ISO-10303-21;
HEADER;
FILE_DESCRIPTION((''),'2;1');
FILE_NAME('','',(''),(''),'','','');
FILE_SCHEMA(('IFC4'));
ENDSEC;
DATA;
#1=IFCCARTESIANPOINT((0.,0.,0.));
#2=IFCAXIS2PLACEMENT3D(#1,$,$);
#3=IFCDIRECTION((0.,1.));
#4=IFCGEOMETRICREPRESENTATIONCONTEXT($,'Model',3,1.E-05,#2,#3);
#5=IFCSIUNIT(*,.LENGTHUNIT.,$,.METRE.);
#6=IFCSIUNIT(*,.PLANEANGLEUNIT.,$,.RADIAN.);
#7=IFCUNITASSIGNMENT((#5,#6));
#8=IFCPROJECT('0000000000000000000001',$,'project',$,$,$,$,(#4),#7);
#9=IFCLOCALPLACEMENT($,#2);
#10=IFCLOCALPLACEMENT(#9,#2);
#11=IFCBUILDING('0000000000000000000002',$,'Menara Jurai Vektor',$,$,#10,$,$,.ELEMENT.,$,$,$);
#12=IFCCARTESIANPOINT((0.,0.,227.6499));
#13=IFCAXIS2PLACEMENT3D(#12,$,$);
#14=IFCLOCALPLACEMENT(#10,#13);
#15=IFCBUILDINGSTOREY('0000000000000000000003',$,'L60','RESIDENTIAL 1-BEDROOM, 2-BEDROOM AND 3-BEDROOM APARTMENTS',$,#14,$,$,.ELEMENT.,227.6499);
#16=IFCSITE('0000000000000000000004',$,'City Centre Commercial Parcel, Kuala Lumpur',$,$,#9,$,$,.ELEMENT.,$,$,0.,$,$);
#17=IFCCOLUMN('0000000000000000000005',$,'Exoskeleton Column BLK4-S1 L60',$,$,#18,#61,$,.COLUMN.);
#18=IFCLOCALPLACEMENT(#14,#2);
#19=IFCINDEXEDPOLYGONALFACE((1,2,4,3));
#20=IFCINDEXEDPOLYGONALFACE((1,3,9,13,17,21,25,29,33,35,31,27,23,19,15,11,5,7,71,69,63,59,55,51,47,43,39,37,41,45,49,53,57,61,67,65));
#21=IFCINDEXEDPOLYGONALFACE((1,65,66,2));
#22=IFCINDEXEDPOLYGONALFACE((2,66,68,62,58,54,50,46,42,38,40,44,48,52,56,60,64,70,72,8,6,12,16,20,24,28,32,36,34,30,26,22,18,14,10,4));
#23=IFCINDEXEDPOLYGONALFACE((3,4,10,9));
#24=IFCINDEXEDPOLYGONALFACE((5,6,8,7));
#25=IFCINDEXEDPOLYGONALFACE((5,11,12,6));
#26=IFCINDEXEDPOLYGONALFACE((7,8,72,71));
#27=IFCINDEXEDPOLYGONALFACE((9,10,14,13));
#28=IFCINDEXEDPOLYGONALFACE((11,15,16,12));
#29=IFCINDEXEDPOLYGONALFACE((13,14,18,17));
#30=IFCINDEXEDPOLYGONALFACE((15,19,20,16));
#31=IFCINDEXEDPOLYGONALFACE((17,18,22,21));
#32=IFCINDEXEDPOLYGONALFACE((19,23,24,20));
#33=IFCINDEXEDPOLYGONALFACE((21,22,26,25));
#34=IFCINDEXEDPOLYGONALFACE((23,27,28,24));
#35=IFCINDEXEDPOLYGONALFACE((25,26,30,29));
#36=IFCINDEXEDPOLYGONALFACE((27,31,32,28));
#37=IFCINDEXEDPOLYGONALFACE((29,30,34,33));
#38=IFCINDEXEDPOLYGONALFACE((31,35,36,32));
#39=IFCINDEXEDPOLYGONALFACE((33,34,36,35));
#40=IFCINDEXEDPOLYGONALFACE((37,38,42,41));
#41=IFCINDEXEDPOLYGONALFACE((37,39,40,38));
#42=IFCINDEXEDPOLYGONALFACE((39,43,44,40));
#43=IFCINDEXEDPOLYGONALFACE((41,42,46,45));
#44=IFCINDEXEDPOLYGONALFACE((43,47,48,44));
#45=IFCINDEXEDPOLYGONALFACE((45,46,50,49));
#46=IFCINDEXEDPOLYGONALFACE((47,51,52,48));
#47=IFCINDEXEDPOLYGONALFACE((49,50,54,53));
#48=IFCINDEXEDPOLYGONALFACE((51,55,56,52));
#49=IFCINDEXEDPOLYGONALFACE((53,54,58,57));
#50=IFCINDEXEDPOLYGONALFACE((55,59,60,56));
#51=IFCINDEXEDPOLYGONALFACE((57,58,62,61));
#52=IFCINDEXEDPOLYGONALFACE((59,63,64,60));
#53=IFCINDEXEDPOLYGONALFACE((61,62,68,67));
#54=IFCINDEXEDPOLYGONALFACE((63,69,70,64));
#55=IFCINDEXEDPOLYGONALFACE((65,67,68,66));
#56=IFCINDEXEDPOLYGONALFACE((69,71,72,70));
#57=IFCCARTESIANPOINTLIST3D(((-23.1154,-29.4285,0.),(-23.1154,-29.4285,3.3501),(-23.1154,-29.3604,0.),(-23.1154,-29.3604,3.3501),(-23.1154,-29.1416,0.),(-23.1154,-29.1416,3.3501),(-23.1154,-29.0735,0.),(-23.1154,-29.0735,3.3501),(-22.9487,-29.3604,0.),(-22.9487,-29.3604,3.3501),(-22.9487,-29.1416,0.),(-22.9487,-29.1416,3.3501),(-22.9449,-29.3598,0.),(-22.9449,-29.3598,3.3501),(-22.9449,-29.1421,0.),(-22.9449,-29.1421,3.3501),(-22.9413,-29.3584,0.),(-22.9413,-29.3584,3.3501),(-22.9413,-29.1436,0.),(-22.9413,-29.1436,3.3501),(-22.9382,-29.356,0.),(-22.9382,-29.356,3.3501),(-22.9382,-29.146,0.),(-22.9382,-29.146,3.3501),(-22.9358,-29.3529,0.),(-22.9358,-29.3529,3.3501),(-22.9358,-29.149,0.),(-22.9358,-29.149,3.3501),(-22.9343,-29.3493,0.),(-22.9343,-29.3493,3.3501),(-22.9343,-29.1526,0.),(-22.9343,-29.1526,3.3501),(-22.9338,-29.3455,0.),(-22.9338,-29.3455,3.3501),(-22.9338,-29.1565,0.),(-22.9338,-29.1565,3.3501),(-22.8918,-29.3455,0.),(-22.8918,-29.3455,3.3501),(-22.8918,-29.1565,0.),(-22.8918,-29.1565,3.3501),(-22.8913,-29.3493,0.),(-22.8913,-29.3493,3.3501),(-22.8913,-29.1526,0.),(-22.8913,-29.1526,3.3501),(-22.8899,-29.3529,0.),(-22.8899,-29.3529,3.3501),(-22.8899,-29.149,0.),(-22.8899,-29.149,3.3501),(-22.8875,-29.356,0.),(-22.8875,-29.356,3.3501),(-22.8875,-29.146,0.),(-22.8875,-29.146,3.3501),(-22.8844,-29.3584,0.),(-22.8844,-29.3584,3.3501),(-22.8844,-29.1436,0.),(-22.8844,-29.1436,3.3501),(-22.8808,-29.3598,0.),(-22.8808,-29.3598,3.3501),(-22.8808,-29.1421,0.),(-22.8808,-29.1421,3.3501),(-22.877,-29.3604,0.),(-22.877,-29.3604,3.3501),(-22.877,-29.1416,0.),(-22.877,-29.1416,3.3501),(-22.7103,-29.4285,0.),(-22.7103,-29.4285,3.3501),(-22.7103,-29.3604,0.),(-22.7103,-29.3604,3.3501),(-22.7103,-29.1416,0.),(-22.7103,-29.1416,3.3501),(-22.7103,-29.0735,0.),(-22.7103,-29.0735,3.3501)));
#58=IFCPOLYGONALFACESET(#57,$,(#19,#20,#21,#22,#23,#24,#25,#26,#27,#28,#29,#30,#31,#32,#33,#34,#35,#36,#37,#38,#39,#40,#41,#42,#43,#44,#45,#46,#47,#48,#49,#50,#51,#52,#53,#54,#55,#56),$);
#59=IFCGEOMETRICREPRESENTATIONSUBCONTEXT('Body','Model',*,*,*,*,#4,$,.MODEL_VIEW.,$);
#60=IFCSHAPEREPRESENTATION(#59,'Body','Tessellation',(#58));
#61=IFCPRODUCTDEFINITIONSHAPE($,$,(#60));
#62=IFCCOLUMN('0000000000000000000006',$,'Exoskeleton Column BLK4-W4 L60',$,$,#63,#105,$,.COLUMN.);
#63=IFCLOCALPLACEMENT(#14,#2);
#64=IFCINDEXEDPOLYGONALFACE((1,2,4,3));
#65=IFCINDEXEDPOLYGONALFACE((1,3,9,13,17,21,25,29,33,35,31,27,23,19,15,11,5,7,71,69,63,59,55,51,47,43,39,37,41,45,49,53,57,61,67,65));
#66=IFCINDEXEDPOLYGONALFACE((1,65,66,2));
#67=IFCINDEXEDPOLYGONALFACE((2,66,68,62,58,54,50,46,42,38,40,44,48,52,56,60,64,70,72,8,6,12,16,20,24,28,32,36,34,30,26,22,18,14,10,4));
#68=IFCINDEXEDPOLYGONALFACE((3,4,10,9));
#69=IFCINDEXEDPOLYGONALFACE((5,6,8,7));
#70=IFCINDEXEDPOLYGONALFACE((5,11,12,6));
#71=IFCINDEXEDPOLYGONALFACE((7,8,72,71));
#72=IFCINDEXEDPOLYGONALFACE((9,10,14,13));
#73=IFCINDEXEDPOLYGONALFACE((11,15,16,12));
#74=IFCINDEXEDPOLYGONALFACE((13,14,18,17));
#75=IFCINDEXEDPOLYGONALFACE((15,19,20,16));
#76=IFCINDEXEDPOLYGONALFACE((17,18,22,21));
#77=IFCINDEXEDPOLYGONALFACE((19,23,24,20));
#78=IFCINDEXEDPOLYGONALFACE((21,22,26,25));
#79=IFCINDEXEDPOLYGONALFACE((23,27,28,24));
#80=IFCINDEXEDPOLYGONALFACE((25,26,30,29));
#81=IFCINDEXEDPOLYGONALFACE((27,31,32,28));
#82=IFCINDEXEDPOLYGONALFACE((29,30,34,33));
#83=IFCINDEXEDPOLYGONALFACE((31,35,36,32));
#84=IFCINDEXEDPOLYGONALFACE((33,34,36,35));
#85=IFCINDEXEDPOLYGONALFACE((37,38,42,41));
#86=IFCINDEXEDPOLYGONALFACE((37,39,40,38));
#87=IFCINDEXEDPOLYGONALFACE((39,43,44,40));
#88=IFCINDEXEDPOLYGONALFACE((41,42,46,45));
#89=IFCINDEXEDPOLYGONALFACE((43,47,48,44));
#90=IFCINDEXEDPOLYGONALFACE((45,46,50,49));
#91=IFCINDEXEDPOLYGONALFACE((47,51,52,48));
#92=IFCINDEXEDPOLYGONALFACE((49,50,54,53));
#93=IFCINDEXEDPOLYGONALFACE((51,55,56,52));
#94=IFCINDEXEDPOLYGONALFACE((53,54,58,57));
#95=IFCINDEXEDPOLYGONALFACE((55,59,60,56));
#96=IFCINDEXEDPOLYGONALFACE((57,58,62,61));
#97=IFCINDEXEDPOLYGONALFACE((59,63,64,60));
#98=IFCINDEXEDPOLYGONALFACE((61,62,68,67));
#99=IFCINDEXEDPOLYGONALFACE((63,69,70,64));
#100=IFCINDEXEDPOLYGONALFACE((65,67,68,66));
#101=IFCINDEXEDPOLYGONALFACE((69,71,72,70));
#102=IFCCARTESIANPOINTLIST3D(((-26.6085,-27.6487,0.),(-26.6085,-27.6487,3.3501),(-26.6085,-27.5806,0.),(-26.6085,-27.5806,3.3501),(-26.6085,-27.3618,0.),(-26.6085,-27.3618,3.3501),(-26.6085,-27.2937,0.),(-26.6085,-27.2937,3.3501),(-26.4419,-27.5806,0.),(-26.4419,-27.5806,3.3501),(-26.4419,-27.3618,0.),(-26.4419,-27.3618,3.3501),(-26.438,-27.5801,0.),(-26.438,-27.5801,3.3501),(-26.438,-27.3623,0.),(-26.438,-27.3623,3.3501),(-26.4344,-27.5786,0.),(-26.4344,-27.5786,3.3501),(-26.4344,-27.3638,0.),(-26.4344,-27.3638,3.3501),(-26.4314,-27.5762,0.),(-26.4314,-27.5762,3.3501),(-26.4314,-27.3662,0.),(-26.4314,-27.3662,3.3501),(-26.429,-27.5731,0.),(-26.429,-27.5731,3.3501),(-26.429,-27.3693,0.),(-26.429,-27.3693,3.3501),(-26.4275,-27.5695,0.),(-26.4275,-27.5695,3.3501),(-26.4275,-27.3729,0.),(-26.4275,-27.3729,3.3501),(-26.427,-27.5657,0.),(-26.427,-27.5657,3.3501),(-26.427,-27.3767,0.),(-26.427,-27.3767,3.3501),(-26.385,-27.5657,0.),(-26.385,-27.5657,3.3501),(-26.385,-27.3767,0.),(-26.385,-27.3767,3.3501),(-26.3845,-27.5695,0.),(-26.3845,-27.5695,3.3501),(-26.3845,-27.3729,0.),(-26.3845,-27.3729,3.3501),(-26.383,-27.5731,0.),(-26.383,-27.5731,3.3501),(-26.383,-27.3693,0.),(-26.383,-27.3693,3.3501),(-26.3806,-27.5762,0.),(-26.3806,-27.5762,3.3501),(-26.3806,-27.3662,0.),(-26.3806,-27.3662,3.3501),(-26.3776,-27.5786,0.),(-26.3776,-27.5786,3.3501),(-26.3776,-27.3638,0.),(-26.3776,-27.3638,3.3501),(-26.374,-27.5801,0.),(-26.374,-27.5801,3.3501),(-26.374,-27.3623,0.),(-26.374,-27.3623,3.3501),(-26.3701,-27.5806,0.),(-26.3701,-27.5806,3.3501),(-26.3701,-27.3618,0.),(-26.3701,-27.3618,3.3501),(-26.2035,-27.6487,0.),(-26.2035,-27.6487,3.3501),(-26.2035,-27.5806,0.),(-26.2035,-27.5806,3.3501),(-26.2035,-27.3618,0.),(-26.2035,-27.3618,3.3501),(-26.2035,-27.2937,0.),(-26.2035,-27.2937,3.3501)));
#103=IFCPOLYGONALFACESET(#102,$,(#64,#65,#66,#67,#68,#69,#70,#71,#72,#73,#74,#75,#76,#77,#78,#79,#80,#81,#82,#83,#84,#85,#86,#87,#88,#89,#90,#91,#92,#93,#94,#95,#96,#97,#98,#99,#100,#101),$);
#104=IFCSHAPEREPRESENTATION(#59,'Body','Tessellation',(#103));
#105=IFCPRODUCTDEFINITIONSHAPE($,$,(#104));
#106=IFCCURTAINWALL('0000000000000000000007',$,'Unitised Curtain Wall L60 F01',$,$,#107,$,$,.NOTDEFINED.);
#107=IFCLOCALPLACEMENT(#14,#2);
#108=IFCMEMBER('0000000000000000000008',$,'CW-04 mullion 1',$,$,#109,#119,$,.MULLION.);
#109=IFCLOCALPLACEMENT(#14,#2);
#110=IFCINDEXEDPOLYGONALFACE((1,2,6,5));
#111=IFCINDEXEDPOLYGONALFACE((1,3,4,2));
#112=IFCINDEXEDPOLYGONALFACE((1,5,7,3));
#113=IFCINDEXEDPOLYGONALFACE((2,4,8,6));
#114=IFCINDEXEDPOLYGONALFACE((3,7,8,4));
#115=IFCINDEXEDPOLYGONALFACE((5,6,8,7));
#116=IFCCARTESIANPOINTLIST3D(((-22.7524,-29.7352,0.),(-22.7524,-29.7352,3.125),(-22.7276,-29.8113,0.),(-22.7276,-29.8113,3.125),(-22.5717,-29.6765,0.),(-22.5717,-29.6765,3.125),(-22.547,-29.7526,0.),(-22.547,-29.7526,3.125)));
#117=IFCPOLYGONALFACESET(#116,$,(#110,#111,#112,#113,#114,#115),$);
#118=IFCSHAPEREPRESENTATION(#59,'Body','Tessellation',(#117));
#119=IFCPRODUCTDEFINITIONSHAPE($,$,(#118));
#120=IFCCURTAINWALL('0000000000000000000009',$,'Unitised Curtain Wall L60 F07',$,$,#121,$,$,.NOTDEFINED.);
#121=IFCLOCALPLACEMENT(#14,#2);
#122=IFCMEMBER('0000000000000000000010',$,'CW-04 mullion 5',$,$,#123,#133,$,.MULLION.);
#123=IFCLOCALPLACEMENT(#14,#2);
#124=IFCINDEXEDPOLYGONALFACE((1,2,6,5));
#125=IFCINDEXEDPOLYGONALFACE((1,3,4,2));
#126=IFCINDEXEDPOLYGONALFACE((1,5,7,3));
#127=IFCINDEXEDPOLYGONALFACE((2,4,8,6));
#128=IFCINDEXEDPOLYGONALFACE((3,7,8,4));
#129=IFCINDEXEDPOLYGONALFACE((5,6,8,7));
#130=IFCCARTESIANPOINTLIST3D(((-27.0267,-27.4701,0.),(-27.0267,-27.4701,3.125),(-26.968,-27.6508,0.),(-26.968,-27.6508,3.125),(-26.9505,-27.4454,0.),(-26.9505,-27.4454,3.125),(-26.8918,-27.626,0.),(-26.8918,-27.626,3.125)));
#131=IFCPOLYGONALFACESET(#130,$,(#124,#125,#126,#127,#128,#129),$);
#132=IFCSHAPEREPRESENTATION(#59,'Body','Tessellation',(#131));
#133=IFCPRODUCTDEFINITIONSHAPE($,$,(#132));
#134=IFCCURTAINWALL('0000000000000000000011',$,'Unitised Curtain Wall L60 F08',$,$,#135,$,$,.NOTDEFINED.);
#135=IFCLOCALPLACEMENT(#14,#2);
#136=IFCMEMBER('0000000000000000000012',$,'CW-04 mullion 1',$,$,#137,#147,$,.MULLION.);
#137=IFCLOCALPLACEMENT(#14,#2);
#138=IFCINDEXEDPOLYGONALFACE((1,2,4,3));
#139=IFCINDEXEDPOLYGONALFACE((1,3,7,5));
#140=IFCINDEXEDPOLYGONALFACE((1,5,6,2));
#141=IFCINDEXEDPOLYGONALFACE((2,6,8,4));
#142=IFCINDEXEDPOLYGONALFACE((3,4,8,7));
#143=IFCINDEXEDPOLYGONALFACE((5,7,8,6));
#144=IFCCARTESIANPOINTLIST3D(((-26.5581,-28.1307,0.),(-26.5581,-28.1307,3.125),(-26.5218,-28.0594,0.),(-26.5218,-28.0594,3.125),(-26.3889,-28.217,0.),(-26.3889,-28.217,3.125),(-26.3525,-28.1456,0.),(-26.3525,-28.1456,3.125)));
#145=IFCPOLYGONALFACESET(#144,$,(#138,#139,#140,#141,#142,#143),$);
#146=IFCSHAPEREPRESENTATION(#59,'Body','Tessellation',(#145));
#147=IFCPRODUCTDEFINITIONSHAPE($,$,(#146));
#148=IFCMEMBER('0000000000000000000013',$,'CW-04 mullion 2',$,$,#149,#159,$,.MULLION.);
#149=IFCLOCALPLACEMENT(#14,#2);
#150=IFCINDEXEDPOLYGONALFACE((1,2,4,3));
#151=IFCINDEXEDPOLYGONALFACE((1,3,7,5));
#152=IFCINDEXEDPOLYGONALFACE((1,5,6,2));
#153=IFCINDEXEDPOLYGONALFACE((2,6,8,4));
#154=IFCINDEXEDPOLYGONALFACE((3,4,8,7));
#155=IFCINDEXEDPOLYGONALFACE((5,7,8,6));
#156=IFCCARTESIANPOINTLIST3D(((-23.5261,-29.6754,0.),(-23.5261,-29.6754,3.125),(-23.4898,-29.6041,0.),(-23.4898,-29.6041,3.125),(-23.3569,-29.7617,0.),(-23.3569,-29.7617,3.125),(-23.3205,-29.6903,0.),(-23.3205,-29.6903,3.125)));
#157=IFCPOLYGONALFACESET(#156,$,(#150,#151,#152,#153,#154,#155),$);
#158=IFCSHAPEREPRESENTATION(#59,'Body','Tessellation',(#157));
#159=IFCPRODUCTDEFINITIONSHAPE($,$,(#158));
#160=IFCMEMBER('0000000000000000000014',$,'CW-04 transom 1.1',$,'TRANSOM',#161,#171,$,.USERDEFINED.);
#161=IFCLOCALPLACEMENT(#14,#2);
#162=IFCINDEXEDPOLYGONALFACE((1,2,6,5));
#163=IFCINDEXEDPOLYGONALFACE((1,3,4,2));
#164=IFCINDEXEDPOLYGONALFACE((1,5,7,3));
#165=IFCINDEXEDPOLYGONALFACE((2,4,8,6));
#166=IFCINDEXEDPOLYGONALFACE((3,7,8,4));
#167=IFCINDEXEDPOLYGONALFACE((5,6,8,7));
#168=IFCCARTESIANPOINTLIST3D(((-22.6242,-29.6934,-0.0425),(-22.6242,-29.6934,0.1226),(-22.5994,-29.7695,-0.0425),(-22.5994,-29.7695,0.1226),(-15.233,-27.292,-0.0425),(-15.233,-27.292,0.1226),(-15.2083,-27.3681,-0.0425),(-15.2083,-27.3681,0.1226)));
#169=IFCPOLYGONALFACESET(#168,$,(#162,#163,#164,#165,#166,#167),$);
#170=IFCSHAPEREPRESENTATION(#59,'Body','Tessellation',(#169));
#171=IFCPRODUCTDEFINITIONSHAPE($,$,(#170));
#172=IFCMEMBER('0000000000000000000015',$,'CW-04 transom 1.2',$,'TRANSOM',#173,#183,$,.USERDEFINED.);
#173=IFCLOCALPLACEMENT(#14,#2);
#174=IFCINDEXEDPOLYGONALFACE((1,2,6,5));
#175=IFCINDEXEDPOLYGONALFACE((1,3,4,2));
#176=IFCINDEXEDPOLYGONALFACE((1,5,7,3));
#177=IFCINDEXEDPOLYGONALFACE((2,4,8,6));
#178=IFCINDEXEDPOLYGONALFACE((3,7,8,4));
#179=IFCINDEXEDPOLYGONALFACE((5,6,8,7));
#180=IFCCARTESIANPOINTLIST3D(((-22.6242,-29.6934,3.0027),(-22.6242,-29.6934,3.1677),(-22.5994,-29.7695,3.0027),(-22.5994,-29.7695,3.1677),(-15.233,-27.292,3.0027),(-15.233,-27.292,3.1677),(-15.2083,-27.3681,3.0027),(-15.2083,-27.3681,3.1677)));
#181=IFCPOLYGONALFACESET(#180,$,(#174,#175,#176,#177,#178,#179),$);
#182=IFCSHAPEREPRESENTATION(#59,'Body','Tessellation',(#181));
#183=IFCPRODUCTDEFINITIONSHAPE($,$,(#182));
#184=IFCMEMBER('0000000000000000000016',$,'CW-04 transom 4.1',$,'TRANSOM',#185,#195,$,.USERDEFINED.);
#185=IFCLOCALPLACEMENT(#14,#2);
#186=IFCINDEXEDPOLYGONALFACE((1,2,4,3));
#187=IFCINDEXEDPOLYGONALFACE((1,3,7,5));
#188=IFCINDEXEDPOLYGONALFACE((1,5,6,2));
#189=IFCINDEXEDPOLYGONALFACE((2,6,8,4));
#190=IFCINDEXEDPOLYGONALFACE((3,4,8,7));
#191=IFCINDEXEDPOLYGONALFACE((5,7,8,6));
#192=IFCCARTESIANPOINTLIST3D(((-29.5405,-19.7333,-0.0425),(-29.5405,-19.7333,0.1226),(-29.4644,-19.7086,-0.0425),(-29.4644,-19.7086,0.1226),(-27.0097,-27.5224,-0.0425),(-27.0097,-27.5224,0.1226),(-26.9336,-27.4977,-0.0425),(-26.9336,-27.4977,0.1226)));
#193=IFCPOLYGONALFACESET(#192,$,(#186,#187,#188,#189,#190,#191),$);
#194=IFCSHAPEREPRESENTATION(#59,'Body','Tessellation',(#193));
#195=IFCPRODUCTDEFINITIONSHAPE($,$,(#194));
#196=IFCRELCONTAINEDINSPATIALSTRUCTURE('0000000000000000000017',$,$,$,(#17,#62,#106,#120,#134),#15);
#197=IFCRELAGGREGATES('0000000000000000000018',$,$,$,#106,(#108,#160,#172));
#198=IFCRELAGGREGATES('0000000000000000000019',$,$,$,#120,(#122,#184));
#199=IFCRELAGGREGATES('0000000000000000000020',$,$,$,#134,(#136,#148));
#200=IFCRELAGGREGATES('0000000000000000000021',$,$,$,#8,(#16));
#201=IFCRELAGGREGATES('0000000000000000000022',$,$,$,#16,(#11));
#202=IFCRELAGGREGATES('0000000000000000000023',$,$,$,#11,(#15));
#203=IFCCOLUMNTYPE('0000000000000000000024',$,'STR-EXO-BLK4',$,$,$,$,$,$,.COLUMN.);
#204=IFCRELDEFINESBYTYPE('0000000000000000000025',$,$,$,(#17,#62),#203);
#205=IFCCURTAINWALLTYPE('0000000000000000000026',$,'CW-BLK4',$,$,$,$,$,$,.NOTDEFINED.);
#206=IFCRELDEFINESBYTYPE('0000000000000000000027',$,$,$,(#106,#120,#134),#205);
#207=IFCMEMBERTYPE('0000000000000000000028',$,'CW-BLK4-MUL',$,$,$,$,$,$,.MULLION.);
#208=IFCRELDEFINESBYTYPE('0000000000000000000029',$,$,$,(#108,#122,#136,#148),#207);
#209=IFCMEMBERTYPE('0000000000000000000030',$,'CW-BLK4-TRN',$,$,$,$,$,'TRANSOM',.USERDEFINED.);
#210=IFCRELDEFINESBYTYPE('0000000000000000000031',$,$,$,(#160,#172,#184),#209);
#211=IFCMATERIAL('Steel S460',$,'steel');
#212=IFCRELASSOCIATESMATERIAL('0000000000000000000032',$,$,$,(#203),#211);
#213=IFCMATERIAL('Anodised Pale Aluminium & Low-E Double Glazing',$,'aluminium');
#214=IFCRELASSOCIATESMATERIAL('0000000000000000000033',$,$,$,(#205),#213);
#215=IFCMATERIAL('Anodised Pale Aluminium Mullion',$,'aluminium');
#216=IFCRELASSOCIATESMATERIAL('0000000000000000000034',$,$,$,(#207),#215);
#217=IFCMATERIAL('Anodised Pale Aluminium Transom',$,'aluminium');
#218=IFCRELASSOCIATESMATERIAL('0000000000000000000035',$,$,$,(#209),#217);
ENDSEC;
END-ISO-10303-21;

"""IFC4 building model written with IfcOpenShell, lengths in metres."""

from ifc_helpers import new_model, si_unit, direction, frame, origin, origin_2d, place, context, subcontext, project, spatial, rectangle, i_section, extrude, material, material_profile, profile_set, type_object, element, aggregate, save


model = new_model("IFC4")

# Units and contexts
model_context = context("Model", 3, precision=1e-05, world=origin(), true_north=direction((0.0, 1.0)))
body_context = subcontext(model_context, "Body", "Model", "MODEL_VIEW")
ifc_project = project(units=[si_unit("LENGTHUNIT", "METRE"), si_unit("PLANEANGLEUNIT", "RADIAN")], contexts=[model_context])

# Site, building, storey
site_placement = place(None, origin())
site = spatial("IfcSite", under=ifc_project, at=site_placement, Name="City Centre Commercial Parcel, Kuala Lumpur", CompositionType="ELEMENT", RefElevation=0.0)
building_placement = place(site_placement, origin())
building = spatial("IfcBuilding", under=site, at=building_placement, Name="Menara Jurai Vektor", CompositionType="ELEMENT")
storey_placement = place(building_placement, frame((0.0, 0.0, 227.6499)))
storey = spatial("IfcBuildingStorey", under=building, at=storey_placement, Name="L60", Description="RESIDENTIAL 1-BEDROOM, 2-BEDROOM AND 3-BEDROOM APARTMENTS", CompositionType="ELEMENT", Elevation=227.6499)

# Columns
ifc_material_1 = material(Name="Steel S460", Category="steel")
ifc_material_profile_1 = material_profile(ifc_material_1, i_section(OverallWidth=0.405, OverallDepth=0.355, WebThickness=0.042, FlangeThickness=0.0681, FilletRadius=0.0149, at=origin_2d()), Name="HD 400x551")
ifc_profile_set_1 = profile_set([ifc_material_profile_1], Name="Steel S460")
column_type = type_object("IfcColumnType", Name="STR-EXO-BLK4", PredefinedType="COLUMN", material=ifc_profile_set_1)
for number, where, z_axis, x_axis, name in (
    (1, (-22.9128, -29.251, 0.0), (0.0, 0.0, 1.0), (1.0, 0.0, 0.0), "Exoskeleton Column BLK4-S1 L60"),
    (2, (-26.406, -27.4712, 0.0), (0.0, 0.0, 1.0), (1.0, 0.0, 0.0), "Exoskeleton Column BLK4-W4 L60"),
):
    element("IfcColumn", number, at=place(storey_placement, frame(where, z_axis=z_axis, x_axis=x_axis)), inside=storey, type_object=column_type, Name=name, PredefinedType="COLUMN", context=body_context, shape_type="SweptSolid", body=[
        extrude(i_section(OverallWidth=0.405, OverallDepth=0.355, WebThickness=0.042, FlangeThickness=0.0681, FilletRadius=0.0149, at=origin_2d()), origin(), (0.0, 0.0, 1.0), 3.3501),
    ])

# Curtain walls, members
ifc_material_2 = material(Name="Anodised Pale Aluminium & Low-E Double Glazing", Category="aluminium")
curtain_wall_type = type_object("IfcCurtainWallType", Name="CW-BLK4", PredefinedType="NOTDEFINED", material=ifc_material_2)
curtain_wall_1_placement = place(storey_placement, origin())
curtain_wall_1 = element("IfcCurtainWall", 3, at=curtain_wall_1_placement, inside=storey, type_object=curtain_wall_type, Name="Unitised Curtain Wall L60 F01", PredefinedType="NOTDEFINED")
ifc_material_3 = material(Name="Anodised Pale Aluminium Mullion", Category="aluminium")
ifc_material_profile_2 = material_profile(ifc_material_3, rectangle(XDim=0.0801, YDim=0.1899, at=origin_2d()), Name="ALU MUL 80x190")
ifc_profile_set_2 = profile_set([ifc_material_profile_2], Name="Anodised Pale Aluminium Mullion")
member_type_1 = type_object("IfcMemberType", Name="CW-BLK4-MUL", PredefinedType="MULLION", material=ifc_profile_set_2)
member_1_placement = place(storey_placement, frame((-22.6497, -29.7439, 0.0), z_axis=(0.0, 0.0, 1.0), x_axis=(-0.309017, 0.951056, 0.0)))
member_1 = element("IfcMember", 4, at=member_1_placement, type_object=member_type_1, Name="CW-04 mullion 1", PredefinedType="MULLION", context=body_context, shape_type="SweptSolid", body=[
    extrude(rectangle(XDim=0.0801, YDim=0.1899, at=origin_2d()), origin(), (0.0, 0.0, 1.0), 3.125),
])
curtain_wall_2_placement = place(storey_placement, origin())
curtain_wall_2 = element("IfcCurtainWall", 5, at=curtain_wall_2_placement, inside=storey, type_object=curtain_wall_type, Name="Unitised Curtain Wall L60 F07", PredefinedType="NOTDEFINED")
member_2_placement = place(storey_placement, frame((-26.9592, -27.5481, 0.0), z_axis=(0.0, 0.0, 1.0), x_axis=(0.951057, 0.309016, 0.0)))
member_2 = element("IfcMember", 6, at=member_2_placement, type_object=member_type_1, Name="CW-04 mullion 5", PredefinedType="MULLION", context=body_context, shape_type="SweptSolid", body=[
    extrude(rectangle(XDim=0.0801, YDim=0.1899, at=origin_2d()), origin(), (0.0, 0.0, 1.0), 3.125),
])

# Curtain wall, members
curtain_wall_3_placement = place(storey_placement, origin())
curtain_wall_3 = element("IfcCurtainWall", 7, at=curtain_wall_3_placement, inside=storey, type_object=curtain_wall_type, Name="Unitised Curtain Wall L60 F08", PredefinedType="NOTDEFINED")
member_3_placement = place(storey_placement, frame((-26.4553, -28.1382, 0.0), z_axis=(0.0, 0.0, 1.0), x_axis=(0.453989, 0.891008, 0.0)))
member_3 = element("IfcMember", 8, at=member_3_placement, type_object=member_type_1, Name="CW-04 mullion 1", PredefinedType="MULLION", context=body_context, shape_type="SweptSolid", body=[
    extrude(rectangle(XDim=0.0801, YDim=0.1899, at=origin_2d()), origin(), (0.0, 0.0, 1.0), 3.125),
])
member_4_placement = place(storey_placement, frame((-23.4233, -29.6829, 0.0), z_axis=(0.0, 0.0, 1.0), x_axis=(0.453989, 0.891008, 0.0)))
member_4 = element("IfcMember", 9, at=member_4_placement, type_object=member_type_1, Name="CW-04 mullion 2", PredefinedType="MULLION", context=body_context, shape_type="SweptSolid", body=[
    extrude(rectangle(XDim=0.0801, YDim=0.1899, at=origin_2d()), origin(), (0.0, 0.0, 1.0), 3.125),
])

# Members
ifc_material_4 = material(Name="Anodised Pale Aluminium Transom", Category="aluminium")
ifc_material_profile_3 = material_profile(ifc_material_4, rectangle(XDim=0.0801, YDim=0.165, at=origin_2d()), Name="ALU TRN 80x165")
ifc_profile_set_3 = profile_set([ifc_material_profile_3], Name="Anodised Pale Aluminium Transom")
member_type_2 = type_object("IfcMemberType", Name="CW-BLK4-TRN", ElementType="TRANSOM", PredefinedType="USERDEFINED", material=ifc_profile_set_3)
member_5_placement = place(storey_placement, frame((-22.6118, -29.7314, 0.04), z_axis=(0.951062, 0.308999, 0.0), x_axis=(-0.308999, 0.951062, 0.0)))
member_5 = element("IfcMember", 10, at=member_5_placement, type_object=member_type_2, Name="CW-04 transom 1.1", ObjectType="TRANSOM", PredefinedType="USERDEFINED", context=body_context, shape_type="SweptSolid", body=[
    extrude(rectangle(XDim=0.0801, YDim=0.165, at=origin_2d()), origin(), (0.0, 0.0, 1.0), 7.7715),
])
member_6_placement = place(storey_placement, frame((-22.6118, -29.7314, 3.0852), z_axis=(0.951062, 0.308999, 0.0), x_axis=(-0.308999, 0.951062, 0.0)))
member_6 = element("IfcMember", 11, at=member_6_placement, type_object=member_type_2, Name="CW-04 transom 1.2", ObjectType="TRANSOM", PredefinedType="USERDEFINED", context=body_context, shape_type="SweptSolid", body=[
    extrude(rectangle(XDim=0.0801, YDim=0.165, at=origin_2d()), origin(), (0.0, 0.0, 1.0), 7.7715),
])
member_7_placement = place(storey_placement, frame((-29.5024, -19.7209, 0.04), z_axis=(0.309011, -0.951059, 0.0), x_axis=(0.951059, 0.309011, 0.0)))
member_7 = element("IfcMember", 12, at=member_7_placement, type_object=member_type_2, Name="CW-04 transom 4.1", ObjectType="TRANSOM", PredefinedType="USERDEFINED", context=body_context, shape_type="SweptSolid", body=[
    extrude(rectangle(XDim=0.0801, YDim=0.165, at=origin_2d()), origin(), (0.0, 0.0, 1.0), 8.1899),
])

aggregate(curtain_wall_1, [member_1, member_5, member_6])
aggregate(curtain_wall_2, [member_2, member_7])
aggregate(curtain_wall_3, [member_3, member_4])

save(model, "model.ifc")
